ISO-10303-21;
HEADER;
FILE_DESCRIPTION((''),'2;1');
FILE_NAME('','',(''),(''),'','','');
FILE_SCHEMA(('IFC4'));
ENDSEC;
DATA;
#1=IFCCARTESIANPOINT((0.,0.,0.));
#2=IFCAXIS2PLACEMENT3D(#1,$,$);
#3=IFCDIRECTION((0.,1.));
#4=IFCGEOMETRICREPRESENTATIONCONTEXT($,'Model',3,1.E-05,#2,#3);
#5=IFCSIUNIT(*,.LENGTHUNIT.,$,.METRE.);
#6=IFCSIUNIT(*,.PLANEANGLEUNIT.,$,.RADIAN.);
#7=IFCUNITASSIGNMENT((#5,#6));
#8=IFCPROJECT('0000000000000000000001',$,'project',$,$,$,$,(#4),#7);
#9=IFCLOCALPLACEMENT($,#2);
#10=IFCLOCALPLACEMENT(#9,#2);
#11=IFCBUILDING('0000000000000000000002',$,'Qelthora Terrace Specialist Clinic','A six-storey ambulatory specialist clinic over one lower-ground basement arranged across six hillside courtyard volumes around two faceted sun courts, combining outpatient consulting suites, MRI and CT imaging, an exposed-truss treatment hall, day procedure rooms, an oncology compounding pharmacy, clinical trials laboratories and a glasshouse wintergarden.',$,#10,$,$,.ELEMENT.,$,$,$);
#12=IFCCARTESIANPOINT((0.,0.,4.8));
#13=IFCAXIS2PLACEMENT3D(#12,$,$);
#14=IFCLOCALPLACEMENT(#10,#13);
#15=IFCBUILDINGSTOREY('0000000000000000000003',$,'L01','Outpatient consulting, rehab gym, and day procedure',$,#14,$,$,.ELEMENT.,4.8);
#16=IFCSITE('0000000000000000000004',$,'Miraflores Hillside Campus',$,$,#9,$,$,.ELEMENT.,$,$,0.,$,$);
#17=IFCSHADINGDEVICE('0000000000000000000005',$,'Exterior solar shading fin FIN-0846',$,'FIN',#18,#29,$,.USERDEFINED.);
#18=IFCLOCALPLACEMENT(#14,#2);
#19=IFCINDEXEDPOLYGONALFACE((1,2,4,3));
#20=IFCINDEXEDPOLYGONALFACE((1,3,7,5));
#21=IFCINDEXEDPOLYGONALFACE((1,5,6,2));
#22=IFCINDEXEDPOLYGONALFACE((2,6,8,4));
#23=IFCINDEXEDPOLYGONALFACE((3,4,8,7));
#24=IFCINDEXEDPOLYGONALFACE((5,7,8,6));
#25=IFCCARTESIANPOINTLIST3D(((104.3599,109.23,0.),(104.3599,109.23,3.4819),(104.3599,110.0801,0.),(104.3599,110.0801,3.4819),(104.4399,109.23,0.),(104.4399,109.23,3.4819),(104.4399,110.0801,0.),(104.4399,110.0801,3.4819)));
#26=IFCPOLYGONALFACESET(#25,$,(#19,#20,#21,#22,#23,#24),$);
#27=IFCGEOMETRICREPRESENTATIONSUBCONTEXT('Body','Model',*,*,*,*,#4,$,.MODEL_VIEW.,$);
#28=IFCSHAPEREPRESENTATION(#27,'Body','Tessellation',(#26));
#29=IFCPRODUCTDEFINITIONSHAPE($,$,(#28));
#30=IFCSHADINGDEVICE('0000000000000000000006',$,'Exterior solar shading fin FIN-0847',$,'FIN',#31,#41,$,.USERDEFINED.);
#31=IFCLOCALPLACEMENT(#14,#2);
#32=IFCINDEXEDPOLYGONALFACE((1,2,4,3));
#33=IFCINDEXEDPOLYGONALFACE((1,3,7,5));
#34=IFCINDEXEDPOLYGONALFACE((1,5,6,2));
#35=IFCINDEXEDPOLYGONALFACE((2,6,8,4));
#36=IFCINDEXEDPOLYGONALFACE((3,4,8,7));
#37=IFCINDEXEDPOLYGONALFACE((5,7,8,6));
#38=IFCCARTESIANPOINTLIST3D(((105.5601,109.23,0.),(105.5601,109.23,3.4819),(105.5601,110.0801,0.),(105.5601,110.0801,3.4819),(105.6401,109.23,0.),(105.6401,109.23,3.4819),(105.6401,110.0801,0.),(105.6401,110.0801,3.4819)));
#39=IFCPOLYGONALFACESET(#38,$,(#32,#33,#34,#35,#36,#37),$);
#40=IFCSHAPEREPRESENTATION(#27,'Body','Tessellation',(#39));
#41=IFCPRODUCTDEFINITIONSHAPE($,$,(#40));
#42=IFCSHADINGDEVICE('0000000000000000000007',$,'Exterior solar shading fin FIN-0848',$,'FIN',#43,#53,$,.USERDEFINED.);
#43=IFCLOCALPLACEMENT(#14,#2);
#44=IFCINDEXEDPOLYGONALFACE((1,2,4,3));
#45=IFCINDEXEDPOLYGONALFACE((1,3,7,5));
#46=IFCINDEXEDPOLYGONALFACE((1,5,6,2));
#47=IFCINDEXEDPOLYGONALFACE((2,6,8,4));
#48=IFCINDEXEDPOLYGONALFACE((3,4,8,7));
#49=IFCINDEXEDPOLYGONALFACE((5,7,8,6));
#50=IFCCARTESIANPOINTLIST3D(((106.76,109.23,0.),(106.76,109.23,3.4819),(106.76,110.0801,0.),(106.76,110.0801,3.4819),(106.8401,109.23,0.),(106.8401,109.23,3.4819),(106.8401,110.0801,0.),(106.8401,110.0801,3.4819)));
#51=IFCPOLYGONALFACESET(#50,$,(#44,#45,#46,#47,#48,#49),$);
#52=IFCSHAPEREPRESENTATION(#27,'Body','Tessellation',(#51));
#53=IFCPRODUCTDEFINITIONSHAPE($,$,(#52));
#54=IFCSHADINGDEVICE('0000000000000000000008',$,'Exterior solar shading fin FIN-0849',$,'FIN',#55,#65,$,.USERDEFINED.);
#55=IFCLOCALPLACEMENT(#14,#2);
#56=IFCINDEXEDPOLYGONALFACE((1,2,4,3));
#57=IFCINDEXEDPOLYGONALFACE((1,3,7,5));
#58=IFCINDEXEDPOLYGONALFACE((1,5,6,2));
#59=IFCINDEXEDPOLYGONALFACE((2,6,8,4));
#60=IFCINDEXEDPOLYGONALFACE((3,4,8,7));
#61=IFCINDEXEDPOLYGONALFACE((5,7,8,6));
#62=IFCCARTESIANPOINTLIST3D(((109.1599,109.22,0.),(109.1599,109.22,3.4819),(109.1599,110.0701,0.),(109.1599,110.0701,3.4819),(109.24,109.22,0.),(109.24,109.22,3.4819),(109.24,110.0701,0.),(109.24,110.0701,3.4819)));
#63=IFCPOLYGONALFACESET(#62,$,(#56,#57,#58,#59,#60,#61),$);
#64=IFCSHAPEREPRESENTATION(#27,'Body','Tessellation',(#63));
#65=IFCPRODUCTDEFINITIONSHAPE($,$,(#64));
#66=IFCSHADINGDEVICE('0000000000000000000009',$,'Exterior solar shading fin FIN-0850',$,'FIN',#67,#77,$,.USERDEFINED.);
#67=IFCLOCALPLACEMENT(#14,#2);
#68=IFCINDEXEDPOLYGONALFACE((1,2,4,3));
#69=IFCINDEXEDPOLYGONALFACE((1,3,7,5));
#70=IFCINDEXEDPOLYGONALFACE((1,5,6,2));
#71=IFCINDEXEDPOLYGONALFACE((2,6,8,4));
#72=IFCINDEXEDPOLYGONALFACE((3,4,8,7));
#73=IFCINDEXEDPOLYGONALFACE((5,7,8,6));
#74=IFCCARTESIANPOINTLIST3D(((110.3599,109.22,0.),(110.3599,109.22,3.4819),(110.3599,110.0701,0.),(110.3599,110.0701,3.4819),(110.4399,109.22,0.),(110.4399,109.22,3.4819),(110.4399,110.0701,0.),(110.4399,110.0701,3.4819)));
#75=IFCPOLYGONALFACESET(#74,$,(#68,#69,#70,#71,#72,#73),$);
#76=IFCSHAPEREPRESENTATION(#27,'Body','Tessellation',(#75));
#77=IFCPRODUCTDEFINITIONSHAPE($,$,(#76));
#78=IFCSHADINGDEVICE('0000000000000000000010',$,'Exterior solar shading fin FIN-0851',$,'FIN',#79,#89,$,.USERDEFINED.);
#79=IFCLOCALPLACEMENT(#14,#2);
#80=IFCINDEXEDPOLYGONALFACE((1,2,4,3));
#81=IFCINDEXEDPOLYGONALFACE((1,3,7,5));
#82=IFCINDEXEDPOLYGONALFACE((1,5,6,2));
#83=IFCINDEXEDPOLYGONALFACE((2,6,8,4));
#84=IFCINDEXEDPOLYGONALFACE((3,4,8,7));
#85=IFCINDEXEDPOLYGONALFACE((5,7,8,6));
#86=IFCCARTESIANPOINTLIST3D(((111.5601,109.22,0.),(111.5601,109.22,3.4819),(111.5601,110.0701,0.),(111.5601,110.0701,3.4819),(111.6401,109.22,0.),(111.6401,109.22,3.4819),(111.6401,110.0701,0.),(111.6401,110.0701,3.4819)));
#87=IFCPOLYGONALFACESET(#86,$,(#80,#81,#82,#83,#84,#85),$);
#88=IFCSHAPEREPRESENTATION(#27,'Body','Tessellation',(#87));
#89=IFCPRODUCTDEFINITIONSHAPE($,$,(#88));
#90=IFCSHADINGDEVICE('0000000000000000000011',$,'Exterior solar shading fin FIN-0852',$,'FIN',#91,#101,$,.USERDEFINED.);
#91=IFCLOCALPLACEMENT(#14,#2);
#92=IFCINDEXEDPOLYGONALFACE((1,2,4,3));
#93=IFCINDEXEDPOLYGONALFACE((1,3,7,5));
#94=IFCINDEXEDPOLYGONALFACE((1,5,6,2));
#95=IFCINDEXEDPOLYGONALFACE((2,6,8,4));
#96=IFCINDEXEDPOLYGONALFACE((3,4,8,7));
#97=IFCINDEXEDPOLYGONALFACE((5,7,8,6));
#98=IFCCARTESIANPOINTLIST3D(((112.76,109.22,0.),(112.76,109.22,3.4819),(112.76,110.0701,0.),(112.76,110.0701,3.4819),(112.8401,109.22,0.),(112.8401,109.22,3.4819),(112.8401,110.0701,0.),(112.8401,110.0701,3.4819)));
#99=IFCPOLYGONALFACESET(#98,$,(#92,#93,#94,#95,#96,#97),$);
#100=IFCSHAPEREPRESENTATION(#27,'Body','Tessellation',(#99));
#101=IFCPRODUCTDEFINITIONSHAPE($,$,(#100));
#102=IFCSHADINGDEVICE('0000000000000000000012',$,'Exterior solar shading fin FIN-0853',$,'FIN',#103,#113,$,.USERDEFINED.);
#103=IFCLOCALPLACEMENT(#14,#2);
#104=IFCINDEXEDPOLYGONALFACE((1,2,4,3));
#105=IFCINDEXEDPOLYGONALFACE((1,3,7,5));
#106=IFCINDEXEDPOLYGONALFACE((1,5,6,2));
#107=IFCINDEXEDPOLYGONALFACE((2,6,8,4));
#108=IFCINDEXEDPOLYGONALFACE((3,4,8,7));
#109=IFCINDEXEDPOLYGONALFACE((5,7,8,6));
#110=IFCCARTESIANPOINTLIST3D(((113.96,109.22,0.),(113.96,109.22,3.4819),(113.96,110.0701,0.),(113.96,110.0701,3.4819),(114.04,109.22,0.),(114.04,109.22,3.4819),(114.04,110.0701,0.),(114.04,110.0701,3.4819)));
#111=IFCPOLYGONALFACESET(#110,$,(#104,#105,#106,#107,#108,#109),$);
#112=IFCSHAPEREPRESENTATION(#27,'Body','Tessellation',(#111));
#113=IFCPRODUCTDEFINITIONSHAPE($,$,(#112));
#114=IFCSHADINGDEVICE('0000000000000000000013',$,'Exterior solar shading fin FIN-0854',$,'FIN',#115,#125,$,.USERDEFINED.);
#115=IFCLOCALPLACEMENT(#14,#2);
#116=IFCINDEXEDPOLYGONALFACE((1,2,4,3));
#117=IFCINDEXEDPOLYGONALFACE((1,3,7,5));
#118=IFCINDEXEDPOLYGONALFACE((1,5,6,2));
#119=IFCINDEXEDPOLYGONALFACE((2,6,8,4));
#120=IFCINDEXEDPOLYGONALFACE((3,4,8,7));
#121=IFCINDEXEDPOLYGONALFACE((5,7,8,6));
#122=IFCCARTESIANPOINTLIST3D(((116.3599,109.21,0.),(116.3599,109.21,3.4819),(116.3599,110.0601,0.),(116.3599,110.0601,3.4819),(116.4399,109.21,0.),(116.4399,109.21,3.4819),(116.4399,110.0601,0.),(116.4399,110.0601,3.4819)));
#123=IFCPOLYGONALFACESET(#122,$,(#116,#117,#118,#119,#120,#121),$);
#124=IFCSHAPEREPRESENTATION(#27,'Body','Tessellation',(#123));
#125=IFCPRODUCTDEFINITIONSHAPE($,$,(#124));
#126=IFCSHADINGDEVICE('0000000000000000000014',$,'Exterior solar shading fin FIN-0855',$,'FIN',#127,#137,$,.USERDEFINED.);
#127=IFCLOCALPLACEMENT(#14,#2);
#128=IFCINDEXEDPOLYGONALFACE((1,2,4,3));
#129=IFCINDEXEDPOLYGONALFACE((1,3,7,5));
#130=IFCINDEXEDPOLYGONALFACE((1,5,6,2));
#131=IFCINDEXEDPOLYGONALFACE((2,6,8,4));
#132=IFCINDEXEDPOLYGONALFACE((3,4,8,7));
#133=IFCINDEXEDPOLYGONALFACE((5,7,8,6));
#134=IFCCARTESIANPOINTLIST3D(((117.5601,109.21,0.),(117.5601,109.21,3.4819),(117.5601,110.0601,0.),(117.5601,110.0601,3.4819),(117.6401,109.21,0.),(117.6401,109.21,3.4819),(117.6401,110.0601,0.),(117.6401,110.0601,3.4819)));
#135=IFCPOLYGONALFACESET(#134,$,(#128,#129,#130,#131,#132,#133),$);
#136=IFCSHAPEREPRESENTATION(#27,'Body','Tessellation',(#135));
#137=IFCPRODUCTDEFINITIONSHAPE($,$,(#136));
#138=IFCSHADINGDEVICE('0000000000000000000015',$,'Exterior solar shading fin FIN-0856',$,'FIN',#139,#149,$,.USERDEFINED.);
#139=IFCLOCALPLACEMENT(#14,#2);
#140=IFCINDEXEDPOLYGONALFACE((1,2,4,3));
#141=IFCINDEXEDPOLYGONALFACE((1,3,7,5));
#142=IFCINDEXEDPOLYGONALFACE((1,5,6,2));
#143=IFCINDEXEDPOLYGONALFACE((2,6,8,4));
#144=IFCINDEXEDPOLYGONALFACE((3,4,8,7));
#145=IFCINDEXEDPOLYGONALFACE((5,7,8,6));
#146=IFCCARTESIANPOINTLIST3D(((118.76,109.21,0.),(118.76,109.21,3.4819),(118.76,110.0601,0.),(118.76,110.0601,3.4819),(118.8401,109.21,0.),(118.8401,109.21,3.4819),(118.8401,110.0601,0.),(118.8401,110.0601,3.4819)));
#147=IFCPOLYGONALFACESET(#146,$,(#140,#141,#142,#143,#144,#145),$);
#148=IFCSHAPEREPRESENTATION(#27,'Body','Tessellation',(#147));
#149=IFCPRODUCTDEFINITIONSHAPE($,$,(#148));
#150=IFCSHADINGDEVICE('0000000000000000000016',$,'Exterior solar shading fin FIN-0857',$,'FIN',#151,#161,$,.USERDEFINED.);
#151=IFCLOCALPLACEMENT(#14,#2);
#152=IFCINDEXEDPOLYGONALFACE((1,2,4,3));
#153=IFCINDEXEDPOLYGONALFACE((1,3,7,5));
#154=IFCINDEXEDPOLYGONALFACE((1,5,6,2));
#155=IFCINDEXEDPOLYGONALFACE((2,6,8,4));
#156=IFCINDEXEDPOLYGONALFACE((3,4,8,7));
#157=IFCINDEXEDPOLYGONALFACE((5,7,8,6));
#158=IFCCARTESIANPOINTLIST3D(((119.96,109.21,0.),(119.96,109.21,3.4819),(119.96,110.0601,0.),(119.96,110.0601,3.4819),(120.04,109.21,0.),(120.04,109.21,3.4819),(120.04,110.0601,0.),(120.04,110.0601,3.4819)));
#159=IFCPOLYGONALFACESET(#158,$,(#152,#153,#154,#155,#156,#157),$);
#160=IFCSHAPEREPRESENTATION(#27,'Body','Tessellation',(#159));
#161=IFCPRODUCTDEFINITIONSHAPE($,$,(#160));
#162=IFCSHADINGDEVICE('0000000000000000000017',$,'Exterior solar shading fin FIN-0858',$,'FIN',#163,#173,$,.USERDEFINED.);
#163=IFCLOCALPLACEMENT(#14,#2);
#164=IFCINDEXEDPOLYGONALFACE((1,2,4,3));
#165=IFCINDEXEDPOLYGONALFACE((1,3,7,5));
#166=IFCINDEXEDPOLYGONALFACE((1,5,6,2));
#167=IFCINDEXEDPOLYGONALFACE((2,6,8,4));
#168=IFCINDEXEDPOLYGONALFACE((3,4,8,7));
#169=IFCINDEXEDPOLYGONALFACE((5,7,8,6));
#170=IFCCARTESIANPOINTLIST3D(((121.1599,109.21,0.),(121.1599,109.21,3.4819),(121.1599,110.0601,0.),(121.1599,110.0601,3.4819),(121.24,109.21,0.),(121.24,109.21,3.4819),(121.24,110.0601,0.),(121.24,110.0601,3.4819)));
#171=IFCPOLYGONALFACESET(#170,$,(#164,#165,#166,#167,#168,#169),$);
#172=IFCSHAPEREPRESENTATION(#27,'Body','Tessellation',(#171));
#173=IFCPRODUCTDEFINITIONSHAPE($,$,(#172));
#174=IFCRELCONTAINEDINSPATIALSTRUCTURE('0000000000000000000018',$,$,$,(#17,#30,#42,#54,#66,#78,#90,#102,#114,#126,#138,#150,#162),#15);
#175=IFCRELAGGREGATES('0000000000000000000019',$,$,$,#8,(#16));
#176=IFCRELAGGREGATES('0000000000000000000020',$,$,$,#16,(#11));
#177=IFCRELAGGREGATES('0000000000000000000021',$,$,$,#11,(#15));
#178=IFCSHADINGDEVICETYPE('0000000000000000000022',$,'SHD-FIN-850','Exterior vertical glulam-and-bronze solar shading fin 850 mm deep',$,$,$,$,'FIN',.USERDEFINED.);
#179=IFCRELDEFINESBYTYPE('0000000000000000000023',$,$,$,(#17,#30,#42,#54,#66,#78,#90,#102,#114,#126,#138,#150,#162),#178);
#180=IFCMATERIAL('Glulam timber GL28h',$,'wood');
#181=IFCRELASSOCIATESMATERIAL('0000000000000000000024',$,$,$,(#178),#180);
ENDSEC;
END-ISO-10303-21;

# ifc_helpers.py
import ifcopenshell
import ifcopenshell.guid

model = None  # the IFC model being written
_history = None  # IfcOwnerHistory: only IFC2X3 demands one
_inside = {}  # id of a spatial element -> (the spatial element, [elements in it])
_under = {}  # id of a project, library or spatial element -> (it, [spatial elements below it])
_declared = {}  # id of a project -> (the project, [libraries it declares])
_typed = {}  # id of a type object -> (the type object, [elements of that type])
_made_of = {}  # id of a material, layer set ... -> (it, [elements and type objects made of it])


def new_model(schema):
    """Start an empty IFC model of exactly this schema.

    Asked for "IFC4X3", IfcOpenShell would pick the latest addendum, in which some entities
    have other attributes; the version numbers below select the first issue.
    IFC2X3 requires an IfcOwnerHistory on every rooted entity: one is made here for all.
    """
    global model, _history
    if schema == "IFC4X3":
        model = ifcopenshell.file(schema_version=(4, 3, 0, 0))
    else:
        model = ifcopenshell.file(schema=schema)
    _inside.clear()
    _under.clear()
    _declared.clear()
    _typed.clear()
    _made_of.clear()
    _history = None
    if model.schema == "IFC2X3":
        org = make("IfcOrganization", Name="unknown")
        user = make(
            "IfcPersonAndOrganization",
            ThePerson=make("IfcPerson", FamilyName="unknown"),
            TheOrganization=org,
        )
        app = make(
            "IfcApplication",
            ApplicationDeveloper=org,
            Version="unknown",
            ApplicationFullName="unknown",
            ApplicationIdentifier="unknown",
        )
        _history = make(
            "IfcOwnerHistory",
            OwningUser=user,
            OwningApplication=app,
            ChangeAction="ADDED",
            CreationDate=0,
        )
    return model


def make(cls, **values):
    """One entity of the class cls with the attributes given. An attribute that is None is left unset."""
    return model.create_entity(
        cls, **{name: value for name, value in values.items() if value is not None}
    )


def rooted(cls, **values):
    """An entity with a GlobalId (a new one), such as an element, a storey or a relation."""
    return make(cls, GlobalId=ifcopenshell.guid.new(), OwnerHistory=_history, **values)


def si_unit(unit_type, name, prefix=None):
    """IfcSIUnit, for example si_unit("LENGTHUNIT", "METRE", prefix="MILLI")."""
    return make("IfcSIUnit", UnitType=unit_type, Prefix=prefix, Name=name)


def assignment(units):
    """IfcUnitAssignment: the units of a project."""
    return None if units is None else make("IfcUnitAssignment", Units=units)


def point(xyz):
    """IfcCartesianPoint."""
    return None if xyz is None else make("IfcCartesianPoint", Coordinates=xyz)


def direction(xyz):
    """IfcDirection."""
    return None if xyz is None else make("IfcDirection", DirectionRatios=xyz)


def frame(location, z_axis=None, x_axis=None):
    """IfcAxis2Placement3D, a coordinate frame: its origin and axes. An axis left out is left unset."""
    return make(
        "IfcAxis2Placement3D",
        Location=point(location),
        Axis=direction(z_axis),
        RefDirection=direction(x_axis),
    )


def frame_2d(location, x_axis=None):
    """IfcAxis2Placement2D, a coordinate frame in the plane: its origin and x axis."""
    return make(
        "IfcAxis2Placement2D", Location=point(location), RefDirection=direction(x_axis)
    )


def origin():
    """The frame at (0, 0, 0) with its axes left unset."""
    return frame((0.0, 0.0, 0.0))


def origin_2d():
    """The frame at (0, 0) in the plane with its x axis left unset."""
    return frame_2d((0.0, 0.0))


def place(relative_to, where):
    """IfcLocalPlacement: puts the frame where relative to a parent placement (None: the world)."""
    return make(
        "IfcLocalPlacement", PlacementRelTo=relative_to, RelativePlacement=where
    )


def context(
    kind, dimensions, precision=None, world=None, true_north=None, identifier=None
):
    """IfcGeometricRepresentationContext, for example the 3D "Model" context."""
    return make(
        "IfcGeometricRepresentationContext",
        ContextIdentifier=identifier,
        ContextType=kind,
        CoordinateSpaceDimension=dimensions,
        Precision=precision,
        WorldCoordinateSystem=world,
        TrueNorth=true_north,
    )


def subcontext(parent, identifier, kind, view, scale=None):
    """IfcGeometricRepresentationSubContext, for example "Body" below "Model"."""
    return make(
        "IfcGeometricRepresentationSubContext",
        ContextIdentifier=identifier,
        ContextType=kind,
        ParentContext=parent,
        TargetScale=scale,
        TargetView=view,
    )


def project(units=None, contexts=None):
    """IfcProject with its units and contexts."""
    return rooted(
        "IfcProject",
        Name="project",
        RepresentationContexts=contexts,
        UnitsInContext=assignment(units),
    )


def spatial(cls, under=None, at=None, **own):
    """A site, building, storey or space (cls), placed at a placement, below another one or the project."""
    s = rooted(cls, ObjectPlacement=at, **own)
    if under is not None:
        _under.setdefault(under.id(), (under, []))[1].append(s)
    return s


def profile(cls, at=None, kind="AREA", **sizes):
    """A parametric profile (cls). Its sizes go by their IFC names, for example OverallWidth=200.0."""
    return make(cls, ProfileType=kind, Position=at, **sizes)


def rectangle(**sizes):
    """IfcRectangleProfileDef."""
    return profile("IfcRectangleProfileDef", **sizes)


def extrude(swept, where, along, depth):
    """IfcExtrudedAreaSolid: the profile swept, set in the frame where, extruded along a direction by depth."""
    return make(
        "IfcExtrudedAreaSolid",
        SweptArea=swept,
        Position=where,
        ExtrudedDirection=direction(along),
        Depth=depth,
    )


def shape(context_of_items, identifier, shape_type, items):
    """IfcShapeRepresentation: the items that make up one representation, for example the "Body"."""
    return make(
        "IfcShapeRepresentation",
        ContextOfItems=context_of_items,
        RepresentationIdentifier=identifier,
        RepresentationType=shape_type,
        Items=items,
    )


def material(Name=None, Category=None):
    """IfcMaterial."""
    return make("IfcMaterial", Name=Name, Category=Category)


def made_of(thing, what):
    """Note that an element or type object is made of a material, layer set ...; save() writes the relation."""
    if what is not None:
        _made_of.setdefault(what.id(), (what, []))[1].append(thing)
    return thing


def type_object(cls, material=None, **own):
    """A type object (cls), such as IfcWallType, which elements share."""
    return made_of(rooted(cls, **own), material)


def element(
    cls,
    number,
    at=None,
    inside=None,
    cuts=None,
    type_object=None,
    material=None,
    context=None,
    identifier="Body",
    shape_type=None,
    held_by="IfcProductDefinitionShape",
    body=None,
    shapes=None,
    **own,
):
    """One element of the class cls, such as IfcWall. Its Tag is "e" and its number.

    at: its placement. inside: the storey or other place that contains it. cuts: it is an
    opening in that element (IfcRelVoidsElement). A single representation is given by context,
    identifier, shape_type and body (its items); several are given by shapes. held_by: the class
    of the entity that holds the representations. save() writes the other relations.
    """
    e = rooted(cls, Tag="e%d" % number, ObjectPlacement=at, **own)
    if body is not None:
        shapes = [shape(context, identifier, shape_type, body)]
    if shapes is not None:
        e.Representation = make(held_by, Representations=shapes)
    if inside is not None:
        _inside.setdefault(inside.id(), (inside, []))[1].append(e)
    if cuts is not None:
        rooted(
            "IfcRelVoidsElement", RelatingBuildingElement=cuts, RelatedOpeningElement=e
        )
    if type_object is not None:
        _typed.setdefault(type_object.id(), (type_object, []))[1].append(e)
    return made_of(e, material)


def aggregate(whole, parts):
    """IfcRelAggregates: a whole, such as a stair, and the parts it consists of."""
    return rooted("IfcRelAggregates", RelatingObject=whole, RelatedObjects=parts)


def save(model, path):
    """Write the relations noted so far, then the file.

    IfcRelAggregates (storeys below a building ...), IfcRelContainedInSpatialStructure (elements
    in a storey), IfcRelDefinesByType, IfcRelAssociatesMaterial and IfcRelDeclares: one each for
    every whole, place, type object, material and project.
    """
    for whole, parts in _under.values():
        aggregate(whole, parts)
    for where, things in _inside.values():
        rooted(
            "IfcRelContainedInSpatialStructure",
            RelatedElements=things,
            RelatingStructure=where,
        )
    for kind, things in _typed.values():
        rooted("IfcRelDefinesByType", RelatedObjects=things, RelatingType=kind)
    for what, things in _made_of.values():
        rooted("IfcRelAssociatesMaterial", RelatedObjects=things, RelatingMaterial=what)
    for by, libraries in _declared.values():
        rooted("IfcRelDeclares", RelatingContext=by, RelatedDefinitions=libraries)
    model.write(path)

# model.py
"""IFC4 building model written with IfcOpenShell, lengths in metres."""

from ifc_helpers import new_model, si_unit, direction, frame, origin, origin_2d, place, context, subcontext, project, spatial, rectangle, extrude, material, type_object, element, save


model = new_model("IFC4")

# Units and contexts
model_context = context("Model", 3, precision=1e-05, world=origin(), true_north=direction((0.0, 1.0)))
body_context = subcontext(model_context, "Body", "Model", "MODEL_VIEW")
ifc_project = project(units=[si_unit("LENGTHUNIT", "METRE"), si_unit("PLANEANGLEUNIT", "RADIAN")], contexts=[model_context])

# Site, building, storey
site_placement = place(None, origin())
site = spatial("IfcSite", under=ifc_project, at=site_placement, Name="Miraflores Hillside Campus", CompositionType="ELEMENT", RefElevation=0.0)
building_placement = place(site_placement, origin())
building = spatial("IfcBuilding", under=site, at=building_placement, Name="Qelthora Terrace Specialist Clinic", Description="A six-storey ambulatory specialist clinic over one lower-ground basement arranged across six hillside courtyard volumes around two faceted sun courts, combining outpatient consulting suites, MRI and CT imaging, an exposed-truss treatment hall, day procedure rooms, an oncology compounding pharmacy, clinical trials laboratories and a glasshouse wintergarden.", CompositionType="ELEMENT")
storey_placement = place(building_placement, frame((0.0, 0.0, 4.8)))
storey = spatial("IfcBuildingStorey", under=building, at=storey_placement, Name="L01", Description="Outpatient consulting, rehab gym, and day procedure", CompositionType="ELEMENT", Elevation=4.8)

# Shading devices
ifc_material_1 = material(Name="Glulam timber GL28h", Category="wood")
shading_device_type = type_object("IfcShadingDeviceType", Name="SHD-FIN-850", Description="Exterior vertical glulam-and-bronze solar shading fin 850 mm deep", ElementType="FIN", PredefinedType="USERDEFINED", material=ifc_material_1)
for number, where, z_axis, x_axis, name in (
    (1, (104.3999, 109.655, 0.0), (0.0, 0.0, 1.0), (0.0, 1.0, 0.0), "Exterior solar shading fin FIN-0846"),
    (2, (105.6001, 109.655, 0.0), (0.0, 0.0, 1.0), (0.0, 1.0, 0.0), "Exterior solar shading fin FIN-0847"),
    (3, (106.8, 109.655, 0.0), (0.0, 0.0, 1.0), (0.0, 1.0, 0.0), "Exterior solar shading fin FIN-0848"),
    (4, (109.2, 109.645, 0.0), (0.0, 0.0, 1.0), (0.0, 1.0, 0.0), "Exterior solar shading fin FIN-0849"),
    (5, (110.3999, 109.645, 0.0), (0.0, 0.0, 1.0), (0.0, 1.0, 0.0), "Exterior solar shading fin FIN-0850"),
    (6, (111.6001, 109.645, 0.0), (0.0, 0.0, 1.0), (0.0, 1.0, 0.0), "Exterior solar shading fin FIN-0851"),
    (7, (112.8, 109.645, 0.0), (0.0, 0.0, 1.0), (0.0, 1.0, 0.0), "Exterior solar shading fin FIN-0852"),
    (8, (114.0, 109.645, 0.0), (0.0, 0.0, 1.0), (0.0, 1.0, 0.0), "Exterior solar shading fin FIN-0853"),
    (9, (116.3999, 109.635, 0.0), (0.0, 0.0, 1.0), (0.0, 1.0, 0.0), "Exterior solar shading fin FIN-0854"),
    (10, (117.6001, 109.635, 0.0), (0.0, 0.0, 1.0), (0.0, 1.0, 0.0), "Exterior solar shading fin FIN-0855"),
    (11, (118.8, 109.635, 0.0), (0.0, 0.0, 1.0), (0.0, 1.0, 0.0), "Exterior solar shading fin FIN-0856"),
    (12, (120.0, 109.635, 0.0), (0.0, 0.0, 1.0), (0.0, 1.0, 0.0), "Exterior solar shading fin FIN-0857"),
    (13, (121.2, 109.635, 0.0), (0.0, 0.0, 1.0), (0.0, 1.0, 0.0), "Exterior solar shading fin FIN-0858"),
):
    element("IfcShadingDevice", number, at=place(storey_placement, frame(where, z_axis=z_axis, x_axis=x_axis)), inside=storey, type_object=shading_device_type, Name=name, ObjectType="FIN", PredefinedType="USERDEFINED", context=body_context, shape_type="SweptSolid", body=[
        extrude(rectangle(XDim=0.8501, YDim=0.0801, at=origin_2d()), origin(), (0.0, 0.0, 1.0), 3.4819),
    ])

save(model, "model.ifc")
